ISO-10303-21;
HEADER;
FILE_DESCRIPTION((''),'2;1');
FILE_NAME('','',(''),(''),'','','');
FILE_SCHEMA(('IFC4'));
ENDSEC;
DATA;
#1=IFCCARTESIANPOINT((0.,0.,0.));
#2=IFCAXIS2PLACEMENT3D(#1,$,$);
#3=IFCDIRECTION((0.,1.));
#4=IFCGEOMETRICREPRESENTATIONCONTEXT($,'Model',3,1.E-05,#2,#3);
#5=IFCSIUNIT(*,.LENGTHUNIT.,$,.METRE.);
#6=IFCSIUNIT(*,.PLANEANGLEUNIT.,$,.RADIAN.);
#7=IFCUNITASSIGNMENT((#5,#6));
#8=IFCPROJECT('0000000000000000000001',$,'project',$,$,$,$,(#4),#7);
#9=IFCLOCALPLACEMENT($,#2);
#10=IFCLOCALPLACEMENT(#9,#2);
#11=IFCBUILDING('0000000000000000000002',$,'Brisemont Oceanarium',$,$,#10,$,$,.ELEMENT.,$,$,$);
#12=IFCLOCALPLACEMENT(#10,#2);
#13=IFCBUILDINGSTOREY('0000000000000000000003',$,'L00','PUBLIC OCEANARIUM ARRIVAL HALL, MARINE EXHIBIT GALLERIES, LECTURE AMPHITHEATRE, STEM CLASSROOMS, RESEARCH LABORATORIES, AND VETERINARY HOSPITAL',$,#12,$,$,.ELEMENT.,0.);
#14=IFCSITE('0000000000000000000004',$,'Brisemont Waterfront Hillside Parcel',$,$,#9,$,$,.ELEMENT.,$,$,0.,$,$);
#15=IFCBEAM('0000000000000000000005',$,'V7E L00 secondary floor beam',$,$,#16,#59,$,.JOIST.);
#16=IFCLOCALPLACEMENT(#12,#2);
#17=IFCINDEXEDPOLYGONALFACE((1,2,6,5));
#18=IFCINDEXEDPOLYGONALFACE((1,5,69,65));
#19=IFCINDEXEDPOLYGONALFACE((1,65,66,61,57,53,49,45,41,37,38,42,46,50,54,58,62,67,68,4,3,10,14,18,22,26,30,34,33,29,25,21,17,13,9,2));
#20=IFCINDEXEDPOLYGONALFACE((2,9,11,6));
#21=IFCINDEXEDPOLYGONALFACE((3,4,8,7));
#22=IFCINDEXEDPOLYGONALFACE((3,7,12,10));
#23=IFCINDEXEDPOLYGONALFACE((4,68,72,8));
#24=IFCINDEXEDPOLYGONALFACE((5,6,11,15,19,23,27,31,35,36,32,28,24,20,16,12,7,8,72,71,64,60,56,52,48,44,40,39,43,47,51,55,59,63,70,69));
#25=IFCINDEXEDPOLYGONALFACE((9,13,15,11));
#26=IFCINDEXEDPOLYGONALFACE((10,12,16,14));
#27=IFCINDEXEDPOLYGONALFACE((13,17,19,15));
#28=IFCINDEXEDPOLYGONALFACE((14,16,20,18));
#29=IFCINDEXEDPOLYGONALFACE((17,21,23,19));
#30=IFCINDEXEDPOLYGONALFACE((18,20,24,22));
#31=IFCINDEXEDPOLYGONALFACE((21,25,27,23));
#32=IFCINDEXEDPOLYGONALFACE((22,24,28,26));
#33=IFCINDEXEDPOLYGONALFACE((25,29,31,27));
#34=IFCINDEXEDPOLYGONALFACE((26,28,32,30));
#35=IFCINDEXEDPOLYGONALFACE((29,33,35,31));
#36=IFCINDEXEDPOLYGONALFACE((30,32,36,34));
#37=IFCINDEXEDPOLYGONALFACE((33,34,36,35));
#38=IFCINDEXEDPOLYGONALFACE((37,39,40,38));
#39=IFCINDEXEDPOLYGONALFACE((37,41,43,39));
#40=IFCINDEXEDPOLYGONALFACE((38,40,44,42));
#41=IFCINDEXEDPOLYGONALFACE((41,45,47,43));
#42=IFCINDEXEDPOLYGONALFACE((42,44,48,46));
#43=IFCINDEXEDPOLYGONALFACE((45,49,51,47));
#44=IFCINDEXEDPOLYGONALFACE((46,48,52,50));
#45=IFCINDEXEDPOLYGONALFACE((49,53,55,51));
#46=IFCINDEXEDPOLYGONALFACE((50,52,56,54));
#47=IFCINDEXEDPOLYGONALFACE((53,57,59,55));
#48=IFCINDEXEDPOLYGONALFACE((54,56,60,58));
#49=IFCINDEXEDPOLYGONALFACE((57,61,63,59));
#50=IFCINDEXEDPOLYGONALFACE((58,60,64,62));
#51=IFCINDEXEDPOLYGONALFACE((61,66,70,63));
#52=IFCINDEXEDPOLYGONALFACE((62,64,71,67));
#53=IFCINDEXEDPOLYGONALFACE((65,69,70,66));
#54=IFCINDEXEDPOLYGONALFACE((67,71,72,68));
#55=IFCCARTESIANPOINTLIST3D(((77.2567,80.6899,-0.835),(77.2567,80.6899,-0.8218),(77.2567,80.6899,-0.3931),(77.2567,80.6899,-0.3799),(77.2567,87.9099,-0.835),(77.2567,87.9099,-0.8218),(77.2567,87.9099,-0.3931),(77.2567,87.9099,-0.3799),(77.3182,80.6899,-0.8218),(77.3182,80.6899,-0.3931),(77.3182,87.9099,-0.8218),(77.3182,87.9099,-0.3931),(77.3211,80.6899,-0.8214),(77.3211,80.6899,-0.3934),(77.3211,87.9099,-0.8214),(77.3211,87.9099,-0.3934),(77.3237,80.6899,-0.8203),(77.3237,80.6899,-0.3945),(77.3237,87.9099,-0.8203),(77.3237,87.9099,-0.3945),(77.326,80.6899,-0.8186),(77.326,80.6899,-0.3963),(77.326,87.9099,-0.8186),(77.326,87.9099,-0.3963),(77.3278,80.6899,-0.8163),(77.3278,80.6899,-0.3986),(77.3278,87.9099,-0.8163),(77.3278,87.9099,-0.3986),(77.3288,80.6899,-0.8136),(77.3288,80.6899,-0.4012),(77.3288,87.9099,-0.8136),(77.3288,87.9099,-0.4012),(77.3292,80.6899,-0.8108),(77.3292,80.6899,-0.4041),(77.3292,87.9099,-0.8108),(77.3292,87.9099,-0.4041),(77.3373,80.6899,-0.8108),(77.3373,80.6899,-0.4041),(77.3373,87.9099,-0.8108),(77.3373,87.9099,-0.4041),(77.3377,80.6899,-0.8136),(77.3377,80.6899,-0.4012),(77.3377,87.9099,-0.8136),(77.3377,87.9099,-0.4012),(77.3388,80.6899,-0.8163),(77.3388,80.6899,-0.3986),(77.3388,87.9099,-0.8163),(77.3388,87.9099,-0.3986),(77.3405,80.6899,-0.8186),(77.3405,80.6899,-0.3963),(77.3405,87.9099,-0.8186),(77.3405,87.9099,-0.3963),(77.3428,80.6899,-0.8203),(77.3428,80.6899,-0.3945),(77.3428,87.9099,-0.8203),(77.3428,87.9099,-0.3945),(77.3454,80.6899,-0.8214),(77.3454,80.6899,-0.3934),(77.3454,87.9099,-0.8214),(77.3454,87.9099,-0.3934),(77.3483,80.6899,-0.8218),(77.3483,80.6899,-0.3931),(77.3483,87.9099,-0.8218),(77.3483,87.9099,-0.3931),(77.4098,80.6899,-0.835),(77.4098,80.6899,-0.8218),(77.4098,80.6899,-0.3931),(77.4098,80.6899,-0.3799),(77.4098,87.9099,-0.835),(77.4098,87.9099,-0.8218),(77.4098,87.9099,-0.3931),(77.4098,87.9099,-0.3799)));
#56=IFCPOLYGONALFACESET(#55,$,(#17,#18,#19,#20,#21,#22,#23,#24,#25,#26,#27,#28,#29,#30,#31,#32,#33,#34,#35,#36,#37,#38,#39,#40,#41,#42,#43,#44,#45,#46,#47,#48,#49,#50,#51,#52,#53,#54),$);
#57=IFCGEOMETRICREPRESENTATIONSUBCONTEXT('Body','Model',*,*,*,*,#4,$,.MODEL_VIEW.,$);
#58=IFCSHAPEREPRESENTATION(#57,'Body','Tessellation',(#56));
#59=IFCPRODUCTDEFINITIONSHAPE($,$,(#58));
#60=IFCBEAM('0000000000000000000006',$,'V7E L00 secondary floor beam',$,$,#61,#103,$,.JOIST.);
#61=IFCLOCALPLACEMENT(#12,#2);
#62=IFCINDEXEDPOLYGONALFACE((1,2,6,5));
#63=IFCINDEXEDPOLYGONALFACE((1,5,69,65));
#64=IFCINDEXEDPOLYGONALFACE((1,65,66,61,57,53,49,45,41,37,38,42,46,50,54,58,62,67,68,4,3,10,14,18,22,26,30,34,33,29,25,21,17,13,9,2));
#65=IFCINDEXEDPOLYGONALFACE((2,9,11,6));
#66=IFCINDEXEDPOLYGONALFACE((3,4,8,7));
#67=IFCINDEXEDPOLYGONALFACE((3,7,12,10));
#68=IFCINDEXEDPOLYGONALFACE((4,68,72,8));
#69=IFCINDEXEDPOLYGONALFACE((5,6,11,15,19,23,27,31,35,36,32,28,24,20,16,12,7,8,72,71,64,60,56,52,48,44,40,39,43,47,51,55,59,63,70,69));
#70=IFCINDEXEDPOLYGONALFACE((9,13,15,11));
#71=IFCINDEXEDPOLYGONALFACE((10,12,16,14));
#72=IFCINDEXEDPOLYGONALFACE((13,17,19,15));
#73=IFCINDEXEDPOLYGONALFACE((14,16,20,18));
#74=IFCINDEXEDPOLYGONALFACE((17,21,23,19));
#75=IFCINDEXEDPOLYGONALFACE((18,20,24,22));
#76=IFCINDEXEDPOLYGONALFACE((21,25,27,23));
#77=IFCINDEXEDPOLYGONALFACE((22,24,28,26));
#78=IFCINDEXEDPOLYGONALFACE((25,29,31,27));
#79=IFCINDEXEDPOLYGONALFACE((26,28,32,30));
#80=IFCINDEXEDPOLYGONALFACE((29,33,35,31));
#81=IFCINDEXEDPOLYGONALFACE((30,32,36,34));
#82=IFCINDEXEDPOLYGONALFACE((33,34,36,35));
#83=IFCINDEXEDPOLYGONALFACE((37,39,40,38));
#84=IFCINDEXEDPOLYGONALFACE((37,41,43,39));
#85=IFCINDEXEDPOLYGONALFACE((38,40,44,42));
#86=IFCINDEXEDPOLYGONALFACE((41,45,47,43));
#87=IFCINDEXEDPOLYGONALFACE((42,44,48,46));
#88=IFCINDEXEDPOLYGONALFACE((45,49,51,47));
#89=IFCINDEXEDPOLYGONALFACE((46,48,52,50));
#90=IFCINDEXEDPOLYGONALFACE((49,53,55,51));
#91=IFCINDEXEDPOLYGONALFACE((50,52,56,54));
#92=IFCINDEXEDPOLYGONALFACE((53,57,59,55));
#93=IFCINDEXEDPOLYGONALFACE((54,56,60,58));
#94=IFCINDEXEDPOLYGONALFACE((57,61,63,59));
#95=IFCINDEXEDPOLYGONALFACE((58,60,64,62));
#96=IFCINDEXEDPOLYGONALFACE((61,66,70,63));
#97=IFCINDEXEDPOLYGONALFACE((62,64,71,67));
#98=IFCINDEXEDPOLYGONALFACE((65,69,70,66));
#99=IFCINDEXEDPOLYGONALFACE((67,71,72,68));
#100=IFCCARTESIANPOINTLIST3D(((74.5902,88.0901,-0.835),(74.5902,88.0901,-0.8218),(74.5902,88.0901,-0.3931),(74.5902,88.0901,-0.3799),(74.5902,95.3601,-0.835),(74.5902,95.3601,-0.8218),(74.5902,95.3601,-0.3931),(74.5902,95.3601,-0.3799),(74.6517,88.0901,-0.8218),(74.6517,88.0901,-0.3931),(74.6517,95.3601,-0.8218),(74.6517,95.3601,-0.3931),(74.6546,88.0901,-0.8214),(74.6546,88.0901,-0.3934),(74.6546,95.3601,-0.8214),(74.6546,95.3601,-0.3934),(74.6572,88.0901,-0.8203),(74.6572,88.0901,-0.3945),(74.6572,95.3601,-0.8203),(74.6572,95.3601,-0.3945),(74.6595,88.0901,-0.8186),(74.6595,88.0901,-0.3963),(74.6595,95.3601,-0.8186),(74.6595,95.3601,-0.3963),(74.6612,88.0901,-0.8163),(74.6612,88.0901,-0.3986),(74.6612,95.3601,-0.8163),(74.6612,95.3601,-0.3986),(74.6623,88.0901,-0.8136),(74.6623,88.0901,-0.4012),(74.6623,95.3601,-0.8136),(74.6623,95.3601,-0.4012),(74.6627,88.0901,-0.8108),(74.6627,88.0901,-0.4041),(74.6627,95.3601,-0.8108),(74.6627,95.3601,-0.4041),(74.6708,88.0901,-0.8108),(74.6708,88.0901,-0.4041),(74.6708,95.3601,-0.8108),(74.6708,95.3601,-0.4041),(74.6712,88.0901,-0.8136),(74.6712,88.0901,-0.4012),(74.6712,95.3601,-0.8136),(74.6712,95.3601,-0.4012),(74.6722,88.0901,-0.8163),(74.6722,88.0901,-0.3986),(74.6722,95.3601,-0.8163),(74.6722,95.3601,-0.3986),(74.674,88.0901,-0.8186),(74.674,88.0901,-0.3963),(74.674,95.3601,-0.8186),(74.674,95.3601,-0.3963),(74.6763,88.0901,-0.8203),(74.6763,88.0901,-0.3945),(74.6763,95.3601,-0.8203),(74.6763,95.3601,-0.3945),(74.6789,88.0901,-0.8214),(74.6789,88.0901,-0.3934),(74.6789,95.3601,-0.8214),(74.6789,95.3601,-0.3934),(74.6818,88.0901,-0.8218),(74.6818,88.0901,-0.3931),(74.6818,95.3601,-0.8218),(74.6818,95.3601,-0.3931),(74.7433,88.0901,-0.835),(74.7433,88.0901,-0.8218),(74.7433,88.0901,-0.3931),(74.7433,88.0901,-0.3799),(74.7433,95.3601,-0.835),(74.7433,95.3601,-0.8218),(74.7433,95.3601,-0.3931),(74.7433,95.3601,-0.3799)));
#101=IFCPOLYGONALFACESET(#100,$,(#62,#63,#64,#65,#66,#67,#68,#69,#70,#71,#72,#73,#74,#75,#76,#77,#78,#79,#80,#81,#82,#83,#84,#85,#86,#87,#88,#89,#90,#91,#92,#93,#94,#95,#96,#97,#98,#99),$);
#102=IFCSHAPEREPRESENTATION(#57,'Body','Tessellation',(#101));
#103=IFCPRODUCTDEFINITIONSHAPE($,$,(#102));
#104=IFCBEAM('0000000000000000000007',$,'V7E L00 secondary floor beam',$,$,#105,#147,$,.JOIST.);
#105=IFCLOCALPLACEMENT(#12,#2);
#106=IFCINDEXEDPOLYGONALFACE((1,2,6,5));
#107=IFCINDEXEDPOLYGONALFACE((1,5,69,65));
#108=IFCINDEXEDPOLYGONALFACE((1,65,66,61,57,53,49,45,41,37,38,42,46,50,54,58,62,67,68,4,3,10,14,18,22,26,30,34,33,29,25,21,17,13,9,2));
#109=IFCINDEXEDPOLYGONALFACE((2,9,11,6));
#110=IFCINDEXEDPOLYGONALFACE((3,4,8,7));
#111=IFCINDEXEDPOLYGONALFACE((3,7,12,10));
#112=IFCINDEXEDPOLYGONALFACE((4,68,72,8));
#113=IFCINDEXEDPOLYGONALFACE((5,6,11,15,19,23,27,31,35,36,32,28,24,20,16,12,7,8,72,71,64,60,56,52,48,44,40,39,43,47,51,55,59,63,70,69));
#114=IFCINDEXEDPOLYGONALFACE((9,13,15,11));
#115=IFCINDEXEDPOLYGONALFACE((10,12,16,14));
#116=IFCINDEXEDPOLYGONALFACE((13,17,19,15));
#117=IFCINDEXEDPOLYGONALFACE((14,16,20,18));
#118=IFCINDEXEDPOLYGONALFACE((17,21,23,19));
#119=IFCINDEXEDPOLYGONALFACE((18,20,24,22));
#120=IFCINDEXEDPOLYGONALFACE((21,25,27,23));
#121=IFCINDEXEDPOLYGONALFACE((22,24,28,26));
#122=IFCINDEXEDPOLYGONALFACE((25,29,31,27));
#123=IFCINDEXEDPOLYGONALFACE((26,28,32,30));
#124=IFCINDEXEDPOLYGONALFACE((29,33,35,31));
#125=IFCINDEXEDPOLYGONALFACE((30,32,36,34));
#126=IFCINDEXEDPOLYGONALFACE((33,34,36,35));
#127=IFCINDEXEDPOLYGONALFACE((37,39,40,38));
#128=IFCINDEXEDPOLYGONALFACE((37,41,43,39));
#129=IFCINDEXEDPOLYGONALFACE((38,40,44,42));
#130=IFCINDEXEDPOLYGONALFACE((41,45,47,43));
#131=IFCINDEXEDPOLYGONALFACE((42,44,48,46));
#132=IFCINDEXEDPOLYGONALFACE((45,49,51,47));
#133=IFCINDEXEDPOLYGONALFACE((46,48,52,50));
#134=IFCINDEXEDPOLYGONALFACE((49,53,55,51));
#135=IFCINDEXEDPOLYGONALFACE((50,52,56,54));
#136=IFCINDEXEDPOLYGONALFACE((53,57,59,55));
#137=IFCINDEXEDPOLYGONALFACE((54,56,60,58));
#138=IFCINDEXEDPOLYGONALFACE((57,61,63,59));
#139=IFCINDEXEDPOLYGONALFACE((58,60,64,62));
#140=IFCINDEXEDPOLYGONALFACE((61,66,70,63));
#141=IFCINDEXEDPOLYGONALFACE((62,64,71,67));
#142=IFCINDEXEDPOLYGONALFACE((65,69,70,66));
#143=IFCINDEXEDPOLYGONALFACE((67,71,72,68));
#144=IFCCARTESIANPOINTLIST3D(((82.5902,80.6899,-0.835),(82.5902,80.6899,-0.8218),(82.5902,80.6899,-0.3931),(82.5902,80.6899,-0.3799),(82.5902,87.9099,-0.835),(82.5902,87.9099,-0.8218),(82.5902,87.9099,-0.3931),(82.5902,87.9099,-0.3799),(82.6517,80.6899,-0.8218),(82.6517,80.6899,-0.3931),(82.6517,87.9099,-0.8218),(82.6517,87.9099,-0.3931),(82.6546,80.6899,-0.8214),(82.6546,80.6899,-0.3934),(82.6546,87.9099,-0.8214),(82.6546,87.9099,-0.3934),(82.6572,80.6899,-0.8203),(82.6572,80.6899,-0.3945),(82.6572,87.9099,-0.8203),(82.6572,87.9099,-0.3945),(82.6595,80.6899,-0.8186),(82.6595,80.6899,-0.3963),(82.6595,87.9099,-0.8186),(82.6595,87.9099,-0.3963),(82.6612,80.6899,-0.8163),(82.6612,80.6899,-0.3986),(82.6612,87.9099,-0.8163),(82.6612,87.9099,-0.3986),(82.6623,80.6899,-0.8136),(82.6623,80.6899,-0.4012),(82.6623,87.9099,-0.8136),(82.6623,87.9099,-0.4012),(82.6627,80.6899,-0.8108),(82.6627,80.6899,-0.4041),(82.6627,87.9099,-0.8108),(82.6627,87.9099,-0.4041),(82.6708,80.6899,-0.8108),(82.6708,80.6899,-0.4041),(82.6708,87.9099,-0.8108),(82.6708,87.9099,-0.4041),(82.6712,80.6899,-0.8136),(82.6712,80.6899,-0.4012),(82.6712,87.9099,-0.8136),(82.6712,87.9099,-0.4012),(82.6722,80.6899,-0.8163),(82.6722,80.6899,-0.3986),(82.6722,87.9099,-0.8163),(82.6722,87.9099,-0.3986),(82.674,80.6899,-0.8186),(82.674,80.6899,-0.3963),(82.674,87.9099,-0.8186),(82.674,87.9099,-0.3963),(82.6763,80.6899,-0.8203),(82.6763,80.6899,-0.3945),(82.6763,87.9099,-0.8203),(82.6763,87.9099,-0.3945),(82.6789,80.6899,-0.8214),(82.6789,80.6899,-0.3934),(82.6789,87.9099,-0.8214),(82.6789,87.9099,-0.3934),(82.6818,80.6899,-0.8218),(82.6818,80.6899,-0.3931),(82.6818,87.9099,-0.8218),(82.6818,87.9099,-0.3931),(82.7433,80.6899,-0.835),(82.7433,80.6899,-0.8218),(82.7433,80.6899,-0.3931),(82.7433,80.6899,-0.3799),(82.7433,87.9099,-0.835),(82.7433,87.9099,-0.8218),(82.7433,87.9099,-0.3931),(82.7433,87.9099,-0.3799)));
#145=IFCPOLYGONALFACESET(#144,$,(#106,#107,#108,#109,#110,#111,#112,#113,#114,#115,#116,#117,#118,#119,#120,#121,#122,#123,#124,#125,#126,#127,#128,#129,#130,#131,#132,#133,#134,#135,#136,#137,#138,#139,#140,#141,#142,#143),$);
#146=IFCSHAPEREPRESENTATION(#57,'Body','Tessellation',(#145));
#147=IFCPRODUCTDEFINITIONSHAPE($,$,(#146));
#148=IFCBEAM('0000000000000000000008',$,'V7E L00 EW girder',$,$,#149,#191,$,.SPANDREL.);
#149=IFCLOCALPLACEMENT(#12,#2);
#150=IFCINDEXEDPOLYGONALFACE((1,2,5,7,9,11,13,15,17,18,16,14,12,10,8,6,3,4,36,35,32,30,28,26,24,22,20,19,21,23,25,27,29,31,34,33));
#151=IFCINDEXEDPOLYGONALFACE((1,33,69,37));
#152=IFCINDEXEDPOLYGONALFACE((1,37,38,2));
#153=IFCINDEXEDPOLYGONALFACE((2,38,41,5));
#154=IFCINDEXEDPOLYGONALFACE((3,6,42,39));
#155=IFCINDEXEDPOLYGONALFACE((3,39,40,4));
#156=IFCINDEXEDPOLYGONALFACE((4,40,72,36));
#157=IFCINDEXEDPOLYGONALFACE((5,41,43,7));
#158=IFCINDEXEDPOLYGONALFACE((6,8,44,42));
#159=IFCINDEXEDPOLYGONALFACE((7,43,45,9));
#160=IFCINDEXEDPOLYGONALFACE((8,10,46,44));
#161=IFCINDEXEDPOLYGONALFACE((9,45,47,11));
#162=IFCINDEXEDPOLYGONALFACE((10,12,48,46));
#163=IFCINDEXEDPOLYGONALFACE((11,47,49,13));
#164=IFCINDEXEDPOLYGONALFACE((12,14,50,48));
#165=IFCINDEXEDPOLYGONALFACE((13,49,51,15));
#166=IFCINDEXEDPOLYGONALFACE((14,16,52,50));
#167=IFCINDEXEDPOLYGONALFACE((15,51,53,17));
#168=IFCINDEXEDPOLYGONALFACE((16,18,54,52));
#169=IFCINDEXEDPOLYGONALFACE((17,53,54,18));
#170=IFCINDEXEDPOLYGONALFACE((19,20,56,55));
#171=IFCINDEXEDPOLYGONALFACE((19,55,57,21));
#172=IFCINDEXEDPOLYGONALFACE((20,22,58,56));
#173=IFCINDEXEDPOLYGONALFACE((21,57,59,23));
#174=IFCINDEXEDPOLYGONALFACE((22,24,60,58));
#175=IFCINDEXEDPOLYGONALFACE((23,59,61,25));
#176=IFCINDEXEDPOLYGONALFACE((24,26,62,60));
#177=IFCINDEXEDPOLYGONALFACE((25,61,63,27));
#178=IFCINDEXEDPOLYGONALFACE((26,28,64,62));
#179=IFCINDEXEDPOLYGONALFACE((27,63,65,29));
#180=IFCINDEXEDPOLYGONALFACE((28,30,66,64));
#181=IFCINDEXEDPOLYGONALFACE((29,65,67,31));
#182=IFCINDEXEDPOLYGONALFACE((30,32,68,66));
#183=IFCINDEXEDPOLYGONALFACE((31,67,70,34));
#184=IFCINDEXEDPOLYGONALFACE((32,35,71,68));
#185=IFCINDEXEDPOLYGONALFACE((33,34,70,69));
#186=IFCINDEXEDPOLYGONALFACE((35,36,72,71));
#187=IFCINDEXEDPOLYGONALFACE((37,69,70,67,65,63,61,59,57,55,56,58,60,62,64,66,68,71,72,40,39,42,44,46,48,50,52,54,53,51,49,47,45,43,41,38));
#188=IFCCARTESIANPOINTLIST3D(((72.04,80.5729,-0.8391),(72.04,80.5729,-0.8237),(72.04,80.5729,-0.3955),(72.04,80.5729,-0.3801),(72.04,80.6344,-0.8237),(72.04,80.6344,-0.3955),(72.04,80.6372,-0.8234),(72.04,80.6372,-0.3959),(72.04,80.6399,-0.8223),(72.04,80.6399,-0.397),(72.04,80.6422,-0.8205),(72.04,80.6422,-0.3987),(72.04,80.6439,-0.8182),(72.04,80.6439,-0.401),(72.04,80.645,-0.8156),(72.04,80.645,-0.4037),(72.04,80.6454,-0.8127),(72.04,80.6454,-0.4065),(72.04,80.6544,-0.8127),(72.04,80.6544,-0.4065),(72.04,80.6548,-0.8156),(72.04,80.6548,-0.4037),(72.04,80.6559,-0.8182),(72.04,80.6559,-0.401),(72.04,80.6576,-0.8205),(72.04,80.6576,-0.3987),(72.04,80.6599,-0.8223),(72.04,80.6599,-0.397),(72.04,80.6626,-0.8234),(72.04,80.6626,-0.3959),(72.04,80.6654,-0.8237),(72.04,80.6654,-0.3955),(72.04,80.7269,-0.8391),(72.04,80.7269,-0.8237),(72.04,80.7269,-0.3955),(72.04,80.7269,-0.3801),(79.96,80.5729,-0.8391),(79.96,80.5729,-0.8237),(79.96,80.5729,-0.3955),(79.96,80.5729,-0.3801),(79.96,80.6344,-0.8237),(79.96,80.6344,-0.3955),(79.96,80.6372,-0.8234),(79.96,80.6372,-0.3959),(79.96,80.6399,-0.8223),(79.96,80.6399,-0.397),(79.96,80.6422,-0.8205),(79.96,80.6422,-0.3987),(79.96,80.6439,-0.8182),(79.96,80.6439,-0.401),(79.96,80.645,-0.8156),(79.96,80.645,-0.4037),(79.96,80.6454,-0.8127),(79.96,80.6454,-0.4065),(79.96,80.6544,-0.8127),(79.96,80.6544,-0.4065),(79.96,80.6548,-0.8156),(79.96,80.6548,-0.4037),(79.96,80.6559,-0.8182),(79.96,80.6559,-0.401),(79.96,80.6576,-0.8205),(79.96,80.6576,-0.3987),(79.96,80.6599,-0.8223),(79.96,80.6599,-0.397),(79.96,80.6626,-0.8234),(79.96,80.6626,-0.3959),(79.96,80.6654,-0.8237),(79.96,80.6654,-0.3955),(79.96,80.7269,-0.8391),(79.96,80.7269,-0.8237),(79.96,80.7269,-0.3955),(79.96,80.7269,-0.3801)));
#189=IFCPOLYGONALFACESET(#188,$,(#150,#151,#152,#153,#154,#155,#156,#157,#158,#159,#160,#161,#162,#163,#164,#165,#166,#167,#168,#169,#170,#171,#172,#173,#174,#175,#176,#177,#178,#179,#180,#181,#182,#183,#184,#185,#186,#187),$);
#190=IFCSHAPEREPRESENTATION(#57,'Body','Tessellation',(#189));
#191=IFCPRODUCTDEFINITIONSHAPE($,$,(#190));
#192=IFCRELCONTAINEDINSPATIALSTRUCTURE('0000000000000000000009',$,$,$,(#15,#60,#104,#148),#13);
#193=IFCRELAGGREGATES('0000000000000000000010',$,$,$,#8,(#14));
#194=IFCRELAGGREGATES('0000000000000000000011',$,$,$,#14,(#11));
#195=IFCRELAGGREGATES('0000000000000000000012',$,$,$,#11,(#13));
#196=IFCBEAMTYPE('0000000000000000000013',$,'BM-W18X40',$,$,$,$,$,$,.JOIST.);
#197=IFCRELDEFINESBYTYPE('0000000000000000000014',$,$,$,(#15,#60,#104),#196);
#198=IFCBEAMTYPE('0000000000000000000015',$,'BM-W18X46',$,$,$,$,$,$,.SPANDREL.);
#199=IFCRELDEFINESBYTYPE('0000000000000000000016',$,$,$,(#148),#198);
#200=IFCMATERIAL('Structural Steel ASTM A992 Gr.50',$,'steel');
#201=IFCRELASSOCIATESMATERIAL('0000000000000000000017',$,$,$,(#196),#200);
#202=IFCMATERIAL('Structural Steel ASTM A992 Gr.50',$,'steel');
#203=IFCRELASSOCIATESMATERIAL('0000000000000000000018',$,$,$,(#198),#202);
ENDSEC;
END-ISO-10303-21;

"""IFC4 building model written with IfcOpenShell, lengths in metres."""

from ifc_helpers import new_model, si_unit, direction, frame, origin, origin_2d, place, context, subcontext, project, spatial, i_section, extrude, material, material_profile, profile_set, type_object, element, save


model = new_model("IFC4")

# Units and contexts
model_context = context("Model", 3, precision=1e-05, world=origin(), true_north=direction((0.0, 1.0)))
body_context = subcontext(model_context, "Body", "Model", "MODEL_VIEW")
ifc_project = project(units=[si_unit("LENGTHUNIT", "METRE"), si_unit("PLANEANGLEUNIT", "RADIAN")], contexts=[model_context])

# Site, building, storey
site_placement = place(None, origin())
site = spatial("IfcSite", under=ifc_project, at=site_placement, Name="Brisemont Waterfront Hillside Parcel", CompositionType="ELEMENT", RefElevation=0.0)
building_placement = place(site_placement, origin())
building = spatial("IfcBuilding", under=site, at=building_placement, Name="Brisemont Oceanarium", CompositionType="ELEMENT")
storey_placement = place(building_placement, origin())
storey = spatial("IfcBuildingStorey", under=building, at=storey_placement, Name="L00", Description="PUBLIC OCEANARIUM ARRIVAL HALL, MARINE EXHIBIT GALLERIES, LECTURE AMPHITHEATRE, STEM CLASSROOMS, RESEARCH LABORATORIES, AND VETERINARY HOSPITAL", CompositionType="ELEMENT", Elevation=0.0)

# Beams
ifc_material_1 = material(Name="Structural Steel ASTM A992 Gr.50", Category="steel")
ifc_material_profile_1 = material_profile(ifc_material_1, i_section(OverallWidth=0.1531, OverallDepth=0.4551, WebThickness=0.0081, FlangeThickness=0.0132, FilletRadius=0.011, at=origin_2d()), Name="W18X40")
ifc_profile_set_1 = profile_set([ifc_material_profile_1], Name="Structural Steel ASTM A992 Gr.50")
beam_type_1 = type_object("IfcBeamType", Name="BM-W18X40", PredefinedType="JOIST", material=ifc_profile_set_1)
beam_1_placement = place(storey_placement, frame((77.3333, 80.6899, -0.6074), z_axis=(0.0, 1.0, 0.0), x_axis=(-1.0, 0.0, 0.0)))
element("IfcBeam", 1, at=beam_1_placement, inside=storey, type_object=beam_type_1, Name="V7E L00 secondary floor beam", PredefinedType="JOIST", context=body_context, shape_type="SweptSolid", body=[
    extrude(i_section(OverallWidth=0.1531, OverallDepth=0.4551, WebThickness=0.0081, FlangeThickness=0.0132, FilletRadius=0.011, at=origin_2d()), origin(), (0.0, 0.0, 1.0), 7.22),
])
beam_2_placement = place(storey_placement, frame((74.6667, 88.0901, -0.6074), z_axis=(0.0, 1.0, 0.0), x_axis=(-1.0, 0.0, 0.0)))
element("IfcBeam", 2, at=beam_2_placement, inside=storey, type_object=beam_type_1, Name="V7E L00 secondary floor beam", PredefinedType="JOIST", context=body_context, shape_type="SweptSolid", body=[
    extrude(i_section(OverallWidth=0.1531, OverallDepth=0.4551, WebThickness=0.0081, FlangeThickness=0.0132, FilletRadius=0.011, at=origin_2d()), origin(), (0.0, 0.0, 1.0), 7.27),
])
beam_3_placement = place(storey_placement, frame((82.6667, 80.6899, -0.6074), z_axis=(0.0, 1.0, 0.0), x_axis=(-1.0, 0.0, 0.0)))
element("IfcBeam", 3, at=beam_3_placement, inside=storey, type_object=beam_type_1, Name="V7E L00 secondary floor beam", PredefinedType="JOIST", context=body_context, shape_type="SweptSolid", body=[
    extrude(i_section(OverallWidth=0.1531, OverallDepth=0.4551, WebThickness=0.0081, FlangeThickness=0.0132, FilletRadius=0.011, at=origin_2d()), origin(), (0.0, 0.0, 1.0), 7.22),
])
ifc_material_2 = material(Name="Structural Steel ASTM A992 Gr.50", Category="steel")
ifc_material_profile_2 = material_profile(ifc_material_2, i_section(OverallWidth=0.1541, OverallDepth=0.459, WebThickness=0.009, FlangeThickness=0.0154, FilletRadius=0.011, at=origin_2d()), Name="W18X46")
ifc_profile_set_2 = profile_set([ifc_material_profile_2], Name="Structural Steel ASTM A992 Gr.50")
beam_type_2 = type_object("IfcBeamType", Name="BM-W18X46", PredefinedType="SPANDREL", material=ifc_profile_set_2)
beam_4_placement = place(storey_placement, frame((72.04, 80.6499, -0.6096), z_axis=(1.0, 0.0, 0.0), x_axis=(0.0, 1.0, 0.0)))
element("IfcBeam", 4, at=beam_4_placement, inside=storey, type_object=beam_type_2, Name="V7E L00 EW girder", PredefinedType="SPANDREL", context=body_context, shape_type="SweptSolid", body=[
    extrude(i_section(OverallWidth=0.1541, OverallDepth=0.459, WebThickness=0.009, FlangeThickness=0.0154, FilletRadius=0.011, at=origin_2d()), origin(), (0.0, 0.0, 1.0), 7.9199),
])

save(model, "model.ifc")
